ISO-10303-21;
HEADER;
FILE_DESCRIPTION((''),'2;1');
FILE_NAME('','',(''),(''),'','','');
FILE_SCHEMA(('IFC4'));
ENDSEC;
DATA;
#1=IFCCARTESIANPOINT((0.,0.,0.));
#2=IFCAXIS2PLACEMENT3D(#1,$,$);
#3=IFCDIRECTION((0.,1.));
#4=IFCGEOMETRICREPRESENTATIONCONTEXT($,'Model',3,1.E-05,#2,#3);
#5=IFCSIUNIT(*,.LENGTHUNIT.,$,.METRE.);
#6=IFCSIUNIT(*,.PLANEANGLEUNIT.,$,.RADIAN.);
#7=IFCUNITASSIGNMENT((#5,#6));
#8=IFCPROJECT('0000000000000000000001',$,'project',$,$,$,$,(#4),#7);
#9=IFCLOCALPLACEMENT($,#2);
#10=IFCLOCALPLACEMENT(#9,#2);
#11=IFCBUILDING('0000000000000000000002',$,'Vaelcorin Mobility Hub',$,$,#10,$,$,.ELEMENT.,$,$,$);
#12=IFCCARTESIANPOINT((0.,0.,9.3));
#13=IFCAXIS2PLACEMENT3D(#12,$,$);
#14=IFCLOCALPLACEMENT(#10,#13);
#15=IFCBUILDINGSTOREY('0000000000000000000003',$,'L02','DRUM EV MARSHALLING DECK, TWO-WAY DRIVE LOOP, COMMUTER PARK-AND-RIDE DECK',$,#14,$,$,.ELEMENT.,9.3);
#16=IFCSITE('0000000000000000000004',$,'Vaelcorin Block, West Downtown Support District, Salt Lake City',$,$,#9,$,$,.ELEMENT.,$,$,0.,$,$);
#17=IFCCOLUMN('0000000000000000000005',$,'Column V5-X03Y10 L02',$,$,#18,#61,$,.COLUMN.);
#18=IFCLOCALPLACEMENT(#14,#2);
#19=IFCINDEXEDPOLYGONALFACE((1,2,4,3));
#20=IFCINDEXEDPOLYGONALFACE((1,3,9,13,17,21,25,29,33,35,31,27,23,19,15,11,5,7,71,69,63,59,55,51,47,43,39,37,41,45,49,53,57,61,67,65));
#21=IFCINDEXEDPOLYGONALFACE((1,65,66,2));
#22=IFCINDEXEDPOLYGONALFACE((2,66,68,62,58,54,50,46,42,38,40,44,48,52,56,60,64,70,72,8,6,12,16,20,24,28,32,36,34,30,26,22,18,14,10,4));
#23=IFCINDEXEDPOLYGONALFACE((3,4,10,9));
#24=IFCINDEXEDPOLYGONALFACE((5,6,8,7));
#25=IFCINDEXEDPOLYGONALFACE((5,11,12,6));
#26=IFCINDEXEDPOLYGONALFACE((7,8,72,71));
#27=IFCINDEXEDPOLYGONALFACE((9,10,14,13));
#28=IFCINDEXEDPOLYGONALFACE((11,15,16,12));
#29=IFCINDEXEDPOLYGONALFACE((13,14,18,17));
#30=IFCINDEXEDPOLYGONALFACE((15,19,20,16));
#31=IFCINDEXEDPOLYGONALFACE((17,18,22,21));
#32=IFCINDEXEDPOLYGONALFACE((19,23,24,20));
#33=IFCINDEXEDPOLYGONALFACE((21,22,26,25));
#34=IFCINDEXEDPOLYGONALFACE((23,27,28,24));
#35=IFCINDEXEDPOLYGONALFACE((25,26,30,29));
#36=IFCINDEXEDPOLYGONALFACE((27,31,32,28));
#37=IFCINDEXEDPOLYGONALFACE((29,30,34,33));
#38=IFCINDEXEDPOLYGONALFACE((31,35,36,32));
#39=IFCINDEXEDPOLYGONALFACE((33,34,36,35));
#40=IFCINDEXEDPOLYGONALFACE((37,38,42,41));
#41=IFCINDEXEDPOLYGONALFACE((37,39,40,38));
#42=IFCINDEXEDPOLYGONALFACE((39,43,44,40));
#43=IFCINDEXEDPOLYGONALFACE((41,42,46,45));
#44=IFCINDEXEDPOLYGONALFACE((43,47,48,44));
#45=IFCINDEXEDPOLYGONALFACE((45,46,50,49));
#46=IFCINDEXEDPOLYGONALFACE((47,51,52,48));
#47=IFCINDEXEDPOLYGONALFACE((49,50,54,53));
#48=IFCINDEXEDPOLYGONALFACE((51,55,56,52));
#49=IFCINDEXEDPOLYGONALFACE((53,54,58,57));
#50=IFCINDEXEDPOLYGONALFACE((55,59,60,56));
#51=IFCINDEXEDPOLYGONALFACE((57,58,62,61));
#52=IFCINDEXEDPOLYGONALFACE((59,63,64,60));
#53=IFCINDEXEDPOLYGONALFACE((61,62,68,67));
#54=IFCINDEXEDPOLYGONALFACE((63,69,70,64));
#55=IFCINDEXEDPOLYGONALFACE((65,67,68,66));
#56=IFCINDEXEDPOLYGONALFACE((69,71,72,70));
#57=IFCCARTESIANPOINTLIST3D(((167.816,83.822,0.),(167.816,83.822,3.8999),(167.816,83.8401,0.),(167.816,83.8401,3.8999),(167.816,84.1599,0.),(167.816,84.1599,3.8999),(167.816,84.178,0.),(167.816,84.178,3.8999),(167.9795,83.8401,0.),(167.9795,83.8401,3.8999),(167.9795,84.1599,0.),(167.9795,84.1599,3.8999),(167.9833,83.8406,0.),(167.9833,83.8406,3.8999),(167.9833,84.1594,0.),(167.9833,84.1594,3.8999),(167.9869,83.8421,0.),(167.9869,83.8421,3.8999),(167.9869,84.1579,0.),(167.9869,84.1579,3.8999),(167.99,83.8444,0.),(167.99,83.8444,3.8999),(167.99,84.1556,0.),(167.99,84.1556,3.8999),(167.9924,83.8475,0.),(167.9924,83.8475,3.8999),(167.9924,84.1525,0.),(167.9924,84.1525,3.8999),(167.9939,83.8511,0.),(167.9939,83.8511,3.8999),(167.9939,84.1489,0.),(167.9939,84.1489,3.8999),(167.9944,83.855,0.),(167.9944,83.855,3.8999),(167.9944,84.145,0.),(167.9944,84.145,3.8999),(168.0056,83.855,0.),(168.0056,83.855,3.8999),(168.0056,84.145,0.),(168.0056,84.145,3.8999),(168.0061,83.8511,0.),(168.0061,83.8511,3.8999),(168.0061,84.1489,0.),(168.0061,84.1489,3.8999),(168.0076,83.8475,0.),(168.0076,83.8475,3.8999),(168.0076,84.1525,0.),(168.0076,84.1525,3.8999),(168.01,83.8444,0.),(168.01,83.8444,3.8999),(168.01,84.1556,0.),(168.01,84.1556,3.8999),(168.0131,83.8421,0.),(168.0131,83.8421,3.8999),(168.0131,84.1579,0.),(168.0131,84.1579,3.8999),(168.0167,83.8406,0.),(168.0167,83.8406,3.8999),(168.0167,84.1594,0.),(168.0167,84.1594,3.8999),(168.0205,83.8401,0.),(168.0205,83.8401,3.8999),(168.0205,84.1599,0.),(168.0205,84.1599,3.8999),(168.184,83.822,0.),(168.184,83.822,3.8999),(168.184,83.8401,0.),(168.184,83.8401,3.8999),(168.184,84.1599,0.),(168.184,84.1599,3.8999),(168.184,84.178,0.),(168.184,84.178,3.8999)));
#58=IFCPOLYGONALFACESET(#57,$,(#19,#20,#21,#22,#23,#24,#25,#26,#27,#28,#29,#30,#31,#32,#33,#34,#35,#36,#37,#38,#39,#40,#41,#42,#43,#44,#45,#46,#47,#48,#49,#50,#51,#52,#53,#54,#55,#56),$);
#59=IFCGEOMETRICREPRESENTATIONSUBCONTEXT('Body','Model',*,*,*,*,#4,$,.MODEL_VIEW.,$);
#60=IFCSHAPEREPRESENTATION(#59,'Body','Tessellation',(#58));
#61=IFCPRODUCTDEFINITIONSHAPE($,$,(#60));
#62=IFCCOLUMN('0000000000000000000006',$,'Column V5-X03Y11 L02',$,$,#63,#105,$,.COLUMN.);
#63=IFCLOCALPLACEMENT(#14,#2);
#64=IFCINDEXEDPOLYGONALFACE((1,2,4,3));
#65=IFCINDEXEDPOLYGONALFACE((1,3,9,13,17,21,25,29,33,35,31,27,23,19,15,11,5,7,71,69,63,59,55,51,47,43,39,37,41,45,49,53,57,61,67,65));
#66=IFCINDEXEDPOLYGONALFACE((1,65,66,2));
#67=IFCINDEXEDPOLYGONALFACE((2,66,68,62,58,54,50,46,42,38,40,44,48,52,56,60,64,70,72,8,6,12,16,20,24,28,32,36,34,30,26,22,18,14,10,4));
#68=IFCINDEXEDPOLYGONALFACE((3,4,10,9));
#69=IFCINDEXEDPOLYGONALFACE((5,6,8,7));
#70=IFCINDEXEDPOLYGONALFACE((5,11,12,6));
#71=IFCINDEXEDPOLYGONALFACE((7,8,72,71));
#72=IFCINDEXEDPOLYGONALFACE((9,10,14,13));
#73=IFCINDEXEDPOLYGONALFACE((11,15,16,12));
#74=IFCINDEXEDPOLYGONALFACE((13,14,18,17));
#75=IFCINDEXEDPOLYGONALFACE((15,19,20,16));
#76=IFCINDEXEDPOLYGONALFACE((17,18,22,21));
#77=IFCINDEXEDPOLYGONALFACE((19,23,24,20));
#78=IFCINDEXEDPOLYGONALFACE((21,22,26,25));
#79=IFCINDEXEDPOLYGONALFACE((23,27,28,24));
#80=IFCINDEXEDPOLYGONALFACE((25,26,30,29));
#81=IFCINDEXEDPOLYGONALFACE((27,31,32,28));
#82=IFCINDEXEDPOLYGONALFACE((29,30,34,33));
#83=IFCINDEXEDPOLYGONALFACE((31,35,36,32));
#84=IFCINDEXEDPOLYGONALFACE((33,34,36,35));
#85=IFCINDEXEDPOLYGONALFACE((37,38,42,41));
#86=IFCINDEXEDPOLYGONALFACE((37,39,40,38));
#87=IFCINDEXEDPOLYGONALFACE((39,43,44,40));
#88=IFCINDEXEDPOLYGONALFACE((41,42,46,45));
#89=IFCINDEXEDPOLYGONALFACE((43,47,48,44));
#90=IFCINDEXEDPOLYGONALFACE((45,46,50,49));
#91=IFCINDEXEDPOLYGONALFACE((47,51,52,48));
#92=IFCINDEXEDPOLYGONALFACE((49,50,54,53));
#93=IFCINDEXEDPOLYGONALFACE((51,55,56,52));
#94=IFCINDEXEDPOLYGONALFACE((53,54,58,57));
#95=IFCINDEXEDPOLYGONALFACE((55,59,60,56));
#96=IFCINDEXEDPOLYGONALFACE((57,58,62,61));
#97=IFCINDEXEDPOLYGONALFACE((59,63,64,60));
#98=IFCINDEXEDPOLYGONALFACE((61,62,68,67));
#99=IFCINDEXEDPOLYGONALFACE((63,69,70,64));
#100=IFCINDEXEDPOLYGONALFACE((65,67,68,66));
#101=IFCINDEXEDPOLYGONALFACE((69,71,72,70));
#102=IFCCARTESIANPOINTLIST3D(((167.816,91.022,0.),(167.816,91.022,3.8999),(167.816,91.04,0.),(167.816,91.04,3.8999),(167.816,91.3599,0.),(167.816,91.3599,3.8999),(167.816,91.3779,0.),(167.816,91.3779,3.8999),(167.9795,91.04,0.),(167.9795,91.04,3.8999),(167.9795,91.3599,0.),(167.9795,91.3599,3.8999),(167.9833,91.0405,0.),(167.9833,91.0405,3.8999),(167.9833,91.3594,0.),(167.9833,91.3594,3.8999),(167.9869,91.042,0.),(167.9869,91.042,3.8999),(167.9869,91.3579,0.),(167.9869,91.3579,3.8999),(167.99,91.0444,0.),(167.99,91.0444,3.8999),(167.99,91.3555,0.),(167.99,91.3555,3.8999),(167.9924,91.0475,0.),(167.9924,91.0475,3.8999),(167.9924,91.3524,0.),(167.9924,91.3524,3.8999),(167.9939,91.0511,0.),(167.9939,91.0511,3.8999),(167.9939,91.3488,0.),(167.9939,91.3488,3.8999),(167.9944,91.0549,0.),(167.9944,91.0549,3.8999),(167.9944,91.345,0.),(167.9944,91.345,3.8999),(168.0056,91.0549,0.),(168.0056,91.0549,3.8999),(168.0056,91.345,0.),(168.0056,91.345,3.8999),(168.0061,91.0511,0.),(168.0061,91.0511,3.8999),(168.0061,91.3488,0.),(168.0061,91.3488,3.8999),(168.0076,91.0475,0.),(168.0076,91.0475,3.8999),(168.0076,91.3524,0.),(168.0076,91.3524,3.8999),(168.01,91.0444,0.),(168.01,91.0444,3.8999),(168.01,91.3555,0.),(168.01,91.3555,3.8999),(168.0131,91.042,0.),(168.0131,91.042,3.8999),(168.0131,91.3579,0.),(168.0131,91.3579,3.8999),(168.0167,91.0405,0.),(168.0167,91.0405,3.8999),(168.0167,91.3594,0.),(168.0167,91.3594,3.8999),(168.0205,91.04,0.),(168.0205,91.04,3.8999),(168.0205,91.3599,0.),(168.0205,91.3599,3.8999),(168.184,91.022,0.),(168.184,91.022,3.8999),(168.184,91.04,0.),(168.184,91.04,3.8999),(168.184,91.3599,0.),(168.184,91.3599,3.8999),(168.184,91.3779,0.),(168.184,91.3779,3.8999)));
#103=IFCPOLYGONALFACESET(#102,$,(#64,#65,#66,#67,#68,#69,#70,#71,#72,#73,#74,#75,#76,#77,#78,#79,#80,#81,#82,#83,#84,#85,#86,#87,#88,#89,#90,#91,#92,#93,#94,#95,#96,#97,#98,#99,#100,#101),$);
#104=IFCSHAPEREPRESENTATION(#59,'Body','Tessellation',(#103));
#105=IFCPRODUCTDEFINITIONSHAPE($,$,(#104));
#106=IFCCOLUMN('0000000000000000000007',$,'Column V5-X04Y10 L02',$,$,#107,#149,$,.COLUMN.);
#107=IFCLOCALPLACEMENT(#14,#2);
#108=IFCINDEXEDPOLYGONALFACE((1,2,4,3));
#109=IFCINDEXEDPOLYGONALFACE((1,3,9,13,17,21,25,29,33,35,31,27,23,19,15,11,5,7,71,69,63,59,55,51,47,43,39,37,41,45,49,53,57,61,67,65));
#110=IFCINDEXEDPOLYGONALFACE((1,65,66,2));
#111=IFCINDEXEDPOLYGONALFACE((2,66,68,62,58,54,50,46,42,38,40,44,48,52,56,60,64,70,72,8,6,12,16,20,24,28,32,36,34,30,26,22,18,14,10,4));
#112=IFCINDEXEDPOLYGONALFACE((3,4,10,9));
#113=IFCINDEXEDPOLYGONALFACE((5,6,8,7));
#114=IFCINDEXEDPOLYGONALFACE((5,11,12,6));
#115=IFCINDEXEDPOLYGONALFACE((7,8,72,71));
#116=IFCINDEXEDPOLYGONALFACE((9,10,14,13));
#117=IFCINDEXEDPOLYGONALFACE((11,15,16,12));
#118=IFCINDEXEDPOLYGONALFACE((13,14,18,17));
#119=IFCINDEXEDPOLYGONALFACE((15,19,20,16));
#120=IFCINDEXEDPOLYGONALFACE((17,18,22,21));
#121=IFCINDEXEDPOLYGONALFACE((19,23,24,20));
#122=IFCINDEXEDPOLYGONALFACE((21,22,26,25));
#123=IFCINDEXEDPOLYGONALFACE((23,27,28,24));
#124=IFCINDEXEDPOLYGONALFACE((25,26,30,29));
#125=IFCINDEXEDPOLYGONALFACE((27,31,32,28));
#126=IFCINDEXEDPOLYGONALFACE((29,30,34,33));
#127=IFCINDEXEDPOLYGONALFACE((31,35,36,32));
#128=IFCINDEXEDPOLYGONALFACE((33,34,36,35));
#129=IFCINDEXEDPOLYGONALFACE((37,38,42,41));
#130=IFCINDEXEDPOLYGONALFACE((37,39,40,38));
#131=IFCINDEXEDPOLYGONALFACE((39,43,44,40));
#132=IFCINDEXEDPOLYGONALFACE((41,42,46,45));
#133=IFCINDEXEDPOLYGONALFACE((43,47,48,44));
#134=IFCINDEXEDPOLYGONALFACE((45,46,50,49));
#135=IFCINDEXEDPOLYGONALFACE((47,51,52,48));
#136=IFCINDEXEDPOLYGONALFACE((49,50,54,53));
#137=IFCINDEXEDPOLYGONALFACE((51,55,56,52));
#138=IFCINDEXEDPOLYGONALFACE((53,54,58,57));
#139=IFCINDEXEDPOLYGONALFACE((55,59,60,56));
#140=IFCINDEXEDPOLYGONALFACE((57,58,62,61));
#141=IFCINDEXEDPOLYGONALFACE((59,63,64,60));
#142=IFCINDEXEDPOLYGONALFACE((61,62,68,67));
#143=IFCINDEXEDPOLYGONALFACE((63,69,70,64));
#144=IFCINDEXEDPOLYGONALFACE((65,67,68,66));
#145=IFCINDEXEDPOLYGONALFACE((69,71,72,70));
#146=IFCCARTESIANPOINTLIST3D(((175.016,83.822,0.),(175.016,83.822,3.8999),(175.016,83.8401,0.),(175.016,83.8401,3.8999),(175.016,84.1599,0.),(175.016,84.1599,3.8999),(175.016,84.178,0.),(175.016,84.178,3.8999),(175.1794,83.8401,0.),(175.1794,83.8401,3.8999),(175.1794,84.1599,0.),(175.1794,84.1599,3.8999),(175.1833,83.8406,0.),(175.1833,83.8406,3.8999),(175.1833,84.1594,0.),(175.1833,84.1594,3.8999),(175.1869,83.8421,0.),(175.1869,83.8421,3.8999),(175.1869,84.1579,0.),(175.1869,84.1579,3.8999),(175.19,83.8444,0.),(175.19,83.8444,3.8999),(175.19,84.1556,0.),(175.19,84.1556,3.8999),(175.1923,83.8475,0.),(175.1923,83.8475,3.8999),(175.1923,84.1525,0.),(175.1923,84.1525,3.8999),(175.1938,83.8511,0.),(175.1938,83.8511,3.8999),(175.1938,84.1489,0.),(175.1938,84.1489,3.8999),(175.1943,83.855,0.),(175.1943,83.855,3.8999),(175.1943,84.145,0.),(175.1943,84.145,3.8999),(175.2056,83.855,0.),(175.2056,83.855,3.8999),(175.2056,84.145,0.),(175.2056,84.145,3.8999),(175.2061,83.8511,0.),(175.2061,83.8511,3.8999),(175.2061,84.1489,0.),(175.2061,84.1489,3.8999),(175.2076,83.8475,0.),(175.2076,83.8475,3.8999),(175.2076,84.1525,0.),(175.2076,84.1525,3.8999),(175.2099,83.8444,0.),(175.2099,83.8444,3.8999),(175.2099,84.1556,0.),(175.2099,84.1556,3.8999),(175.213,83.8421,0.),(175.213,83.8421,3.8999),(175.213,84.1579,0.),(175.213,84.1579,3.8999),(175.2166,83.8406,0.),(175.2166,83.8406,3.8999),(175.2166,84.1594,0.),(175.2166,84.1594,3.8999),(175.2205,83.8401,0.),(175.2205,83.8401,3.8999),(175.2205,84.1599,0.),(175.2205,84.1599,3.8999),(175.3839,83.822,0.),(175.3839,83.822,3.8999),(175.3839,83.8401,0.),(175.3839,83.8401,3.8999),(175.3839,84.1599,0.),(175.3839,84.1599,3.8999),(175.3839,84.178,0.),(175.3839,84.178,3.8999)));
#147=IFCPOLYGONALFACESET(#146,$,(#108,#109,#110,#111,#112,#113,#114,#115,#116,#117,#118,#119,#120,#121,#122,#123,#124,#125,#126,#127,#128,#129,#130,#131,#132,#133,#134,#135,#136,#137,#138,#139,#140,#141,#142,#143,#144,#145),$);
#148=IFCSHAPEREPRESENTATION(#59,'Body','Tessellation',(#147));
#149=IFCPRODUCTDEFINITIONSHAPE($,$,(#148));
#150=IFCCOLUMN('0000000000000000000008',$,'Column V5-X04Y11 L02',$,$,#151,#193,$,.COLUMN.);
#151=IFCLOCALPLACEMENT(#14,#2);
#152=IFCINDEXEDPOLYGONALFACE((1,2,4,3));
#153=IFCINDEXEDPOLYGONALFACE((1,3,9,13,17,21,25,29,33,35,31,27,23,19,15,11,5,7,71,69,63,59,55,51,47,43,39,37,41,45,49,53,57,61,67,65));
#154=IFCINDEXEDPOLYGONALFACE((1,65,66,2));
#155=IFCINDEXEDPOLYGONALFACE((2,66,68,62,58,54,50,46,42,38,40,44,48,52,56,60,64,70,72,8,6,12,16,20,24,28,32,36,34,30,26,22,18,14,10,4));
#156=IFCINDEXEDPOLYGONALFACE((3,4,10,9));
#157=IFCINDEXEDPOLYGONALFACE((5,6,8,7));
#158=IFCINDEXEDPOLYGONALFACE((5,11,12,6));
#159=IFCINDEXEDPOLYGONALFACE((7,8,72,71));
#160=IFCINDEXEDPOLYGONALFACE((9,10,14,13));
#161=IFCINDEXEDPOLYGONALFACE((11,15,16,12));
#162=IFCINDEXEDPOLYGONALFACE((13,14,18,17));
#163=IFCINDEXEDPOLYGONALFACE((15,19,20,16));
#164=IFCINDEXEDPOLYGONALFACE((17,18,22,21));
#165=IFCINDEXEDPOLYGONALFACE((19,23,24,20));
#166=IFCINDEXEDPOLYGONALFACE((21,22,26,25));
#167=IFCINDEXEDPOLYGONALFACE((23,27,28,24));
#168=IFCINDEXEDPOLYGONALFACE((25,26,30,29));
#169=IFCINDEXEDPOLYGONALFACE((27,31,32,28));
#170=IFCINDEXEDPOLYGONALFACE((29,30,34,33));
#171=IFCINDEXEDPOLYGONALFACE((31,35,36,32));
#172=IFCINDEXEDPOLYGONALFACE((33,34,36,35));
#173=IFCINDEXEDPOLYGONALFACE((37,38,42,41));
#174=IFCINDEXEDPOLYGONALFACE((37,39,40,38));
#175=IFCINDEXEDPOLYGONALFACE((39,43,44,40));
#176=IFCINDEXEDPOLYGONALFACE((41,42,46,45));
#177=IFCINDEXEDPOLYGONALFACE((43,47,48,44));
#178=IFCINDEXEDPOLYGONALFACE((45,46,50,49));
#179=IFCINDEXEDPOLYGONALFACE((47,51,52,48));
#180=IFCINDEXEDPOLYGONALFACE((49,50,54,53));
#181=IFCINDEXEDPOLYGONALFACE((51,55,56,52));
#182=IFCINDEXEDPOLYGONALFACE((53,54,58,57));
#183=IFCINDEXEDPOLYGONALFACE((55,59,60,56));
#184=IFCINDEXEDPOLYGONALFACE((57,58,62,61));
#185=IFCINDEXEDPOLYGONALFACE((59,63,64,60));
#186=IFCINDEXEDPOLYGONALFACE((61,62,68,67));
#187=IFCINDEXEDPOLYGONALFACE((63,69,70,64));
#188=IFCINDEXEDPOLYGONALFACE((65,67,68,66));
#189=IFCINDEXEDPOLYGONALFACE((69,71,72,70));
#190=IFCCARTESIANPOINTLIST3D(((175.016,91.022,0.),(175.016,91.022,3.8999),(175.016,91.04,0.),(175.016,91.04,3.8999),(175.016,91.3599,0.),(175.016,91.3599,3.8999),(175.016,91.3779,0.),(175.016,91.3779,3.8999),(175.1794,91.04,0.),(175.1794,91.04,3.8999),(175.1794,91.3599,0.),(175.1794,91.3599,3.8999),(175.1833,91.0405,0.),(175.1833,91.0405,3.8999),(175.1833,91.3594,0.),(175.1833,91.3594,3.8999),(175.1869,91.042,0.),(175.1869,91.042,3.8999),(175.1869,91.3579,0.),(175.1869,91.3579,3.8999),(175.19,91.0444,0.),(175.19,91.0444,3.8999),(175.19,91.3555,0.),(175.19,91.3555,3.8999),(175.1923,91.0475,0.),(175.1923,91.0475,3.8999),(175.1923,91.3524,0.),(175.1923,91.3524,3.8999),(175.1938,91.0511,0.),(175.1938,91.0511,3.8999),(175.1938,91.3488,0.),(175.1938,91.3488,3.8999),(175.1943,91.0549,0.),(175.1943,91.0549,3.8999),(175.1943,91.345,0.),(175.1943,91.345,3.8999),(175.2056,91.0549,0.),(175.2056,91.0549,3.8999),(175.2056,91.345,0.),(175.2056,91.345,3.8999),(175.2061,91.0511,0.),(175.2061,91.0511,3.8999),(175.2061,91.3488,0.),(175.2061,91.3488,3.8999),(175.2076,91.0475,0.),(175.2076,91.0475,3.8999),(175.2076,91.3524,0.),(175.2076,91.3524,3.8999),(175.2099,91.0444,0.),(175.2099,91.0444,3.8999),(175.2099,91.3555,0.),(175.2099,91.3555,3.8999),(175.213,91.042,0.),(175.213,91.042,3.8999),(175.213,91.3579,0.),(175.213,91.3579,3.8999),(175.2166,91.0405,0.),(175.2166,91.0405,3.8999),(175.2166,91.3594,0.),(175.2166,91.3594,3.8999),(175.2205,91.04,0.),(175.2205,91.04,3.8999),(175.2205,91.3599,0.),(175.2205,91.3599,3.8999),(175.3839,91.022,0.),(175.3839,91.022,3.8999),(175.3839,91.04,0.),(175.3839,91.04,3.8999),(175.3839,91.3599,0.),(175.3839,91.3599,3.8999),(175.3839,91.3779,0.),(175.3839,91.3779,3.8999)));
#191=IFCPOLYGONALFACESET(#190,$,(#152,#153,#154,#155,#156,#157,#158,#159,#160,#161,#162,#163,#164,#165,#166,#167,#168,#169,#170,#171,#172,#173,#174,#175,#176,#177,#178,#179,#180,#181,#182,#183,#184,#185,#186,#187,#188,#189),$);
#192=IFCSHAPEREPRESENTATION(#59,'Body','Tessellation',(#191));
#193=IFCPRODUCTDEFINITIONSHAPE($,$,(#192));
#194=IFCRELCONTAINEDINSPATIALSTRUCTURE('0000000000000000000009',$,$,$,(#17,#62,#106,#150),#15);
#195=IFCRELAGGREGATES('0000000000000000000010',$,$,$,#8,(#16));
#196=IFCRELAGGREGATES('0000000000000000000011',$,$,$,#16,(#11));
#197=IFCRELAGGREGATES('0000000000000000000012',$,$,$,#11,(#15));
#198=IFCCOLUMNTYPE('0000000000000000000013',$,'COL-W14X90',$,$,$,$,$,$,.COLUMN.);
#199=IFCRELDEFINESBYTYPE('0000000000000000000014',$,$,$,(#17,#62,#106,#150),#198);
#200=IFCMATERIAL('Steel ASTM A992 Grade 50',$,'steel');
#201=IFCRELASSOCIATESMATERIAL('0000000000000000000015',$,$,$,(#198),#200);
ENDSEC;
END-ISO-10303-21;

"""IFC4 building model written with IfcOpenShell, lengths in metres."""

from ifc_helpers import new_model, si_unit, direction, frame, origin, origin_2d, place, context, subcontext, project, spatial, i_section, extrude, material, material_profile, profile_set, type_object, element, save


model = new_model("IFC4")

# Units and contexts
model_context = context("Model", 3, precision=1e-05, world=origin(), true_north=direction((0.0, 1.0)))
body_context = subcontext(model_context, "Body", "Model", "MODEL_VIEW")
ifc_project = project(units=[si_unit("LENGTHUNIT", "METRE"), si_unit("PLANEANGLEUNIT", "RADIAN")], contexts=[model_context])

# Site, building, storey
site_placement = place(None, origin())
site = spatial("IfcSite", under=ifc_project, at=site_placement, Name="Vaelcorin Block, West Downtown Support District, Salt Lake City", CompositionType="ELEMENT", RefElevation=0.0)
building_placement = place(site_placement, origin())
building = spatial("IfcBuilding", under=site, at=building_placement, Name="Vaelcorin Mobility Hub", CompositionType="ELEMENT")
storey_placement = place(building_placement, frame((0.0, 0.0, 9.3)))
storey = spatial("IfcBuildingStorey", under=building, at=storey_placement, Name="L02", Description="DRUM EV MARSHALLING DECK, TWO-WAY DRIVE LOOP, COMMUTER PARK-AND-RIDE DECK", CompositionType="ELEMENT", Elevation=9.3)

# Columns
ifc_material_1 = material(Name="Steel ASTM A992 Grade 50", Category="steel")
ifc_material_profile_1 = material_profile(ifc_material_1, i_section(OverallWidth=0.3679, OverallDepth=0.356, WebThickness=0.0112, FlangeThickness=0.0181, FilletRadius=0.0149, at=origin_2d()), Name="W14X90")
ifc_profile_set_1 = profile_set([ifc_material_profile_1], Name="Steel ASTM A992 Grade 50")
column_type = type_object("IfcColumnType", Name="COL-W14X90", PredefinedType="COLUMN", material=ifc_profile_set_1)
for number, where, z_axis, x_axis, name in (
    (1, (168.0, 84.0, 0.0), (0.0, 0.0, 1.0), (1.0, 0.0, 0.0), "Column V5-X03Y10 L02"),
    (2, (168.0, 91.2, 0.0), (0.0, 0.0, 1.0), (1.0, 0.0, 0.0), "Column V5-X03Y11 L02"),
    (3, (175.2, 84.0, 0.0), (0.0, 0.0, 1.0), (1.0, 0.0, 0.0), "Column V5-X04Y10 L02"),
    (4, (175.2, 91.2, 0.0), (0.0, 0.0, 1.0), (1.0, 0.0, 0.0), "Column V5-X04Y11 L02"),
):
    element("IfcColumn", number, at=place(storey_placement, frame(where, z_axis=z_axis, x_axis=x_axis)), inside=storey, type_object=column_type, Name=name, PredefinedType="COLUMN", context=body_context, shape_type="SweptSolid", body=[
        extrude(i_section(OverallWidth=0.3679, OverallDepth=0.356, WebThickness=0.0112, FlangeThickness=0.0181, FilletRadius=0.0149, at=origin_2d()), origin(), (0.0, 0.0, 1.0), 3.8999),
    ])

save(model, "model.ifc")
